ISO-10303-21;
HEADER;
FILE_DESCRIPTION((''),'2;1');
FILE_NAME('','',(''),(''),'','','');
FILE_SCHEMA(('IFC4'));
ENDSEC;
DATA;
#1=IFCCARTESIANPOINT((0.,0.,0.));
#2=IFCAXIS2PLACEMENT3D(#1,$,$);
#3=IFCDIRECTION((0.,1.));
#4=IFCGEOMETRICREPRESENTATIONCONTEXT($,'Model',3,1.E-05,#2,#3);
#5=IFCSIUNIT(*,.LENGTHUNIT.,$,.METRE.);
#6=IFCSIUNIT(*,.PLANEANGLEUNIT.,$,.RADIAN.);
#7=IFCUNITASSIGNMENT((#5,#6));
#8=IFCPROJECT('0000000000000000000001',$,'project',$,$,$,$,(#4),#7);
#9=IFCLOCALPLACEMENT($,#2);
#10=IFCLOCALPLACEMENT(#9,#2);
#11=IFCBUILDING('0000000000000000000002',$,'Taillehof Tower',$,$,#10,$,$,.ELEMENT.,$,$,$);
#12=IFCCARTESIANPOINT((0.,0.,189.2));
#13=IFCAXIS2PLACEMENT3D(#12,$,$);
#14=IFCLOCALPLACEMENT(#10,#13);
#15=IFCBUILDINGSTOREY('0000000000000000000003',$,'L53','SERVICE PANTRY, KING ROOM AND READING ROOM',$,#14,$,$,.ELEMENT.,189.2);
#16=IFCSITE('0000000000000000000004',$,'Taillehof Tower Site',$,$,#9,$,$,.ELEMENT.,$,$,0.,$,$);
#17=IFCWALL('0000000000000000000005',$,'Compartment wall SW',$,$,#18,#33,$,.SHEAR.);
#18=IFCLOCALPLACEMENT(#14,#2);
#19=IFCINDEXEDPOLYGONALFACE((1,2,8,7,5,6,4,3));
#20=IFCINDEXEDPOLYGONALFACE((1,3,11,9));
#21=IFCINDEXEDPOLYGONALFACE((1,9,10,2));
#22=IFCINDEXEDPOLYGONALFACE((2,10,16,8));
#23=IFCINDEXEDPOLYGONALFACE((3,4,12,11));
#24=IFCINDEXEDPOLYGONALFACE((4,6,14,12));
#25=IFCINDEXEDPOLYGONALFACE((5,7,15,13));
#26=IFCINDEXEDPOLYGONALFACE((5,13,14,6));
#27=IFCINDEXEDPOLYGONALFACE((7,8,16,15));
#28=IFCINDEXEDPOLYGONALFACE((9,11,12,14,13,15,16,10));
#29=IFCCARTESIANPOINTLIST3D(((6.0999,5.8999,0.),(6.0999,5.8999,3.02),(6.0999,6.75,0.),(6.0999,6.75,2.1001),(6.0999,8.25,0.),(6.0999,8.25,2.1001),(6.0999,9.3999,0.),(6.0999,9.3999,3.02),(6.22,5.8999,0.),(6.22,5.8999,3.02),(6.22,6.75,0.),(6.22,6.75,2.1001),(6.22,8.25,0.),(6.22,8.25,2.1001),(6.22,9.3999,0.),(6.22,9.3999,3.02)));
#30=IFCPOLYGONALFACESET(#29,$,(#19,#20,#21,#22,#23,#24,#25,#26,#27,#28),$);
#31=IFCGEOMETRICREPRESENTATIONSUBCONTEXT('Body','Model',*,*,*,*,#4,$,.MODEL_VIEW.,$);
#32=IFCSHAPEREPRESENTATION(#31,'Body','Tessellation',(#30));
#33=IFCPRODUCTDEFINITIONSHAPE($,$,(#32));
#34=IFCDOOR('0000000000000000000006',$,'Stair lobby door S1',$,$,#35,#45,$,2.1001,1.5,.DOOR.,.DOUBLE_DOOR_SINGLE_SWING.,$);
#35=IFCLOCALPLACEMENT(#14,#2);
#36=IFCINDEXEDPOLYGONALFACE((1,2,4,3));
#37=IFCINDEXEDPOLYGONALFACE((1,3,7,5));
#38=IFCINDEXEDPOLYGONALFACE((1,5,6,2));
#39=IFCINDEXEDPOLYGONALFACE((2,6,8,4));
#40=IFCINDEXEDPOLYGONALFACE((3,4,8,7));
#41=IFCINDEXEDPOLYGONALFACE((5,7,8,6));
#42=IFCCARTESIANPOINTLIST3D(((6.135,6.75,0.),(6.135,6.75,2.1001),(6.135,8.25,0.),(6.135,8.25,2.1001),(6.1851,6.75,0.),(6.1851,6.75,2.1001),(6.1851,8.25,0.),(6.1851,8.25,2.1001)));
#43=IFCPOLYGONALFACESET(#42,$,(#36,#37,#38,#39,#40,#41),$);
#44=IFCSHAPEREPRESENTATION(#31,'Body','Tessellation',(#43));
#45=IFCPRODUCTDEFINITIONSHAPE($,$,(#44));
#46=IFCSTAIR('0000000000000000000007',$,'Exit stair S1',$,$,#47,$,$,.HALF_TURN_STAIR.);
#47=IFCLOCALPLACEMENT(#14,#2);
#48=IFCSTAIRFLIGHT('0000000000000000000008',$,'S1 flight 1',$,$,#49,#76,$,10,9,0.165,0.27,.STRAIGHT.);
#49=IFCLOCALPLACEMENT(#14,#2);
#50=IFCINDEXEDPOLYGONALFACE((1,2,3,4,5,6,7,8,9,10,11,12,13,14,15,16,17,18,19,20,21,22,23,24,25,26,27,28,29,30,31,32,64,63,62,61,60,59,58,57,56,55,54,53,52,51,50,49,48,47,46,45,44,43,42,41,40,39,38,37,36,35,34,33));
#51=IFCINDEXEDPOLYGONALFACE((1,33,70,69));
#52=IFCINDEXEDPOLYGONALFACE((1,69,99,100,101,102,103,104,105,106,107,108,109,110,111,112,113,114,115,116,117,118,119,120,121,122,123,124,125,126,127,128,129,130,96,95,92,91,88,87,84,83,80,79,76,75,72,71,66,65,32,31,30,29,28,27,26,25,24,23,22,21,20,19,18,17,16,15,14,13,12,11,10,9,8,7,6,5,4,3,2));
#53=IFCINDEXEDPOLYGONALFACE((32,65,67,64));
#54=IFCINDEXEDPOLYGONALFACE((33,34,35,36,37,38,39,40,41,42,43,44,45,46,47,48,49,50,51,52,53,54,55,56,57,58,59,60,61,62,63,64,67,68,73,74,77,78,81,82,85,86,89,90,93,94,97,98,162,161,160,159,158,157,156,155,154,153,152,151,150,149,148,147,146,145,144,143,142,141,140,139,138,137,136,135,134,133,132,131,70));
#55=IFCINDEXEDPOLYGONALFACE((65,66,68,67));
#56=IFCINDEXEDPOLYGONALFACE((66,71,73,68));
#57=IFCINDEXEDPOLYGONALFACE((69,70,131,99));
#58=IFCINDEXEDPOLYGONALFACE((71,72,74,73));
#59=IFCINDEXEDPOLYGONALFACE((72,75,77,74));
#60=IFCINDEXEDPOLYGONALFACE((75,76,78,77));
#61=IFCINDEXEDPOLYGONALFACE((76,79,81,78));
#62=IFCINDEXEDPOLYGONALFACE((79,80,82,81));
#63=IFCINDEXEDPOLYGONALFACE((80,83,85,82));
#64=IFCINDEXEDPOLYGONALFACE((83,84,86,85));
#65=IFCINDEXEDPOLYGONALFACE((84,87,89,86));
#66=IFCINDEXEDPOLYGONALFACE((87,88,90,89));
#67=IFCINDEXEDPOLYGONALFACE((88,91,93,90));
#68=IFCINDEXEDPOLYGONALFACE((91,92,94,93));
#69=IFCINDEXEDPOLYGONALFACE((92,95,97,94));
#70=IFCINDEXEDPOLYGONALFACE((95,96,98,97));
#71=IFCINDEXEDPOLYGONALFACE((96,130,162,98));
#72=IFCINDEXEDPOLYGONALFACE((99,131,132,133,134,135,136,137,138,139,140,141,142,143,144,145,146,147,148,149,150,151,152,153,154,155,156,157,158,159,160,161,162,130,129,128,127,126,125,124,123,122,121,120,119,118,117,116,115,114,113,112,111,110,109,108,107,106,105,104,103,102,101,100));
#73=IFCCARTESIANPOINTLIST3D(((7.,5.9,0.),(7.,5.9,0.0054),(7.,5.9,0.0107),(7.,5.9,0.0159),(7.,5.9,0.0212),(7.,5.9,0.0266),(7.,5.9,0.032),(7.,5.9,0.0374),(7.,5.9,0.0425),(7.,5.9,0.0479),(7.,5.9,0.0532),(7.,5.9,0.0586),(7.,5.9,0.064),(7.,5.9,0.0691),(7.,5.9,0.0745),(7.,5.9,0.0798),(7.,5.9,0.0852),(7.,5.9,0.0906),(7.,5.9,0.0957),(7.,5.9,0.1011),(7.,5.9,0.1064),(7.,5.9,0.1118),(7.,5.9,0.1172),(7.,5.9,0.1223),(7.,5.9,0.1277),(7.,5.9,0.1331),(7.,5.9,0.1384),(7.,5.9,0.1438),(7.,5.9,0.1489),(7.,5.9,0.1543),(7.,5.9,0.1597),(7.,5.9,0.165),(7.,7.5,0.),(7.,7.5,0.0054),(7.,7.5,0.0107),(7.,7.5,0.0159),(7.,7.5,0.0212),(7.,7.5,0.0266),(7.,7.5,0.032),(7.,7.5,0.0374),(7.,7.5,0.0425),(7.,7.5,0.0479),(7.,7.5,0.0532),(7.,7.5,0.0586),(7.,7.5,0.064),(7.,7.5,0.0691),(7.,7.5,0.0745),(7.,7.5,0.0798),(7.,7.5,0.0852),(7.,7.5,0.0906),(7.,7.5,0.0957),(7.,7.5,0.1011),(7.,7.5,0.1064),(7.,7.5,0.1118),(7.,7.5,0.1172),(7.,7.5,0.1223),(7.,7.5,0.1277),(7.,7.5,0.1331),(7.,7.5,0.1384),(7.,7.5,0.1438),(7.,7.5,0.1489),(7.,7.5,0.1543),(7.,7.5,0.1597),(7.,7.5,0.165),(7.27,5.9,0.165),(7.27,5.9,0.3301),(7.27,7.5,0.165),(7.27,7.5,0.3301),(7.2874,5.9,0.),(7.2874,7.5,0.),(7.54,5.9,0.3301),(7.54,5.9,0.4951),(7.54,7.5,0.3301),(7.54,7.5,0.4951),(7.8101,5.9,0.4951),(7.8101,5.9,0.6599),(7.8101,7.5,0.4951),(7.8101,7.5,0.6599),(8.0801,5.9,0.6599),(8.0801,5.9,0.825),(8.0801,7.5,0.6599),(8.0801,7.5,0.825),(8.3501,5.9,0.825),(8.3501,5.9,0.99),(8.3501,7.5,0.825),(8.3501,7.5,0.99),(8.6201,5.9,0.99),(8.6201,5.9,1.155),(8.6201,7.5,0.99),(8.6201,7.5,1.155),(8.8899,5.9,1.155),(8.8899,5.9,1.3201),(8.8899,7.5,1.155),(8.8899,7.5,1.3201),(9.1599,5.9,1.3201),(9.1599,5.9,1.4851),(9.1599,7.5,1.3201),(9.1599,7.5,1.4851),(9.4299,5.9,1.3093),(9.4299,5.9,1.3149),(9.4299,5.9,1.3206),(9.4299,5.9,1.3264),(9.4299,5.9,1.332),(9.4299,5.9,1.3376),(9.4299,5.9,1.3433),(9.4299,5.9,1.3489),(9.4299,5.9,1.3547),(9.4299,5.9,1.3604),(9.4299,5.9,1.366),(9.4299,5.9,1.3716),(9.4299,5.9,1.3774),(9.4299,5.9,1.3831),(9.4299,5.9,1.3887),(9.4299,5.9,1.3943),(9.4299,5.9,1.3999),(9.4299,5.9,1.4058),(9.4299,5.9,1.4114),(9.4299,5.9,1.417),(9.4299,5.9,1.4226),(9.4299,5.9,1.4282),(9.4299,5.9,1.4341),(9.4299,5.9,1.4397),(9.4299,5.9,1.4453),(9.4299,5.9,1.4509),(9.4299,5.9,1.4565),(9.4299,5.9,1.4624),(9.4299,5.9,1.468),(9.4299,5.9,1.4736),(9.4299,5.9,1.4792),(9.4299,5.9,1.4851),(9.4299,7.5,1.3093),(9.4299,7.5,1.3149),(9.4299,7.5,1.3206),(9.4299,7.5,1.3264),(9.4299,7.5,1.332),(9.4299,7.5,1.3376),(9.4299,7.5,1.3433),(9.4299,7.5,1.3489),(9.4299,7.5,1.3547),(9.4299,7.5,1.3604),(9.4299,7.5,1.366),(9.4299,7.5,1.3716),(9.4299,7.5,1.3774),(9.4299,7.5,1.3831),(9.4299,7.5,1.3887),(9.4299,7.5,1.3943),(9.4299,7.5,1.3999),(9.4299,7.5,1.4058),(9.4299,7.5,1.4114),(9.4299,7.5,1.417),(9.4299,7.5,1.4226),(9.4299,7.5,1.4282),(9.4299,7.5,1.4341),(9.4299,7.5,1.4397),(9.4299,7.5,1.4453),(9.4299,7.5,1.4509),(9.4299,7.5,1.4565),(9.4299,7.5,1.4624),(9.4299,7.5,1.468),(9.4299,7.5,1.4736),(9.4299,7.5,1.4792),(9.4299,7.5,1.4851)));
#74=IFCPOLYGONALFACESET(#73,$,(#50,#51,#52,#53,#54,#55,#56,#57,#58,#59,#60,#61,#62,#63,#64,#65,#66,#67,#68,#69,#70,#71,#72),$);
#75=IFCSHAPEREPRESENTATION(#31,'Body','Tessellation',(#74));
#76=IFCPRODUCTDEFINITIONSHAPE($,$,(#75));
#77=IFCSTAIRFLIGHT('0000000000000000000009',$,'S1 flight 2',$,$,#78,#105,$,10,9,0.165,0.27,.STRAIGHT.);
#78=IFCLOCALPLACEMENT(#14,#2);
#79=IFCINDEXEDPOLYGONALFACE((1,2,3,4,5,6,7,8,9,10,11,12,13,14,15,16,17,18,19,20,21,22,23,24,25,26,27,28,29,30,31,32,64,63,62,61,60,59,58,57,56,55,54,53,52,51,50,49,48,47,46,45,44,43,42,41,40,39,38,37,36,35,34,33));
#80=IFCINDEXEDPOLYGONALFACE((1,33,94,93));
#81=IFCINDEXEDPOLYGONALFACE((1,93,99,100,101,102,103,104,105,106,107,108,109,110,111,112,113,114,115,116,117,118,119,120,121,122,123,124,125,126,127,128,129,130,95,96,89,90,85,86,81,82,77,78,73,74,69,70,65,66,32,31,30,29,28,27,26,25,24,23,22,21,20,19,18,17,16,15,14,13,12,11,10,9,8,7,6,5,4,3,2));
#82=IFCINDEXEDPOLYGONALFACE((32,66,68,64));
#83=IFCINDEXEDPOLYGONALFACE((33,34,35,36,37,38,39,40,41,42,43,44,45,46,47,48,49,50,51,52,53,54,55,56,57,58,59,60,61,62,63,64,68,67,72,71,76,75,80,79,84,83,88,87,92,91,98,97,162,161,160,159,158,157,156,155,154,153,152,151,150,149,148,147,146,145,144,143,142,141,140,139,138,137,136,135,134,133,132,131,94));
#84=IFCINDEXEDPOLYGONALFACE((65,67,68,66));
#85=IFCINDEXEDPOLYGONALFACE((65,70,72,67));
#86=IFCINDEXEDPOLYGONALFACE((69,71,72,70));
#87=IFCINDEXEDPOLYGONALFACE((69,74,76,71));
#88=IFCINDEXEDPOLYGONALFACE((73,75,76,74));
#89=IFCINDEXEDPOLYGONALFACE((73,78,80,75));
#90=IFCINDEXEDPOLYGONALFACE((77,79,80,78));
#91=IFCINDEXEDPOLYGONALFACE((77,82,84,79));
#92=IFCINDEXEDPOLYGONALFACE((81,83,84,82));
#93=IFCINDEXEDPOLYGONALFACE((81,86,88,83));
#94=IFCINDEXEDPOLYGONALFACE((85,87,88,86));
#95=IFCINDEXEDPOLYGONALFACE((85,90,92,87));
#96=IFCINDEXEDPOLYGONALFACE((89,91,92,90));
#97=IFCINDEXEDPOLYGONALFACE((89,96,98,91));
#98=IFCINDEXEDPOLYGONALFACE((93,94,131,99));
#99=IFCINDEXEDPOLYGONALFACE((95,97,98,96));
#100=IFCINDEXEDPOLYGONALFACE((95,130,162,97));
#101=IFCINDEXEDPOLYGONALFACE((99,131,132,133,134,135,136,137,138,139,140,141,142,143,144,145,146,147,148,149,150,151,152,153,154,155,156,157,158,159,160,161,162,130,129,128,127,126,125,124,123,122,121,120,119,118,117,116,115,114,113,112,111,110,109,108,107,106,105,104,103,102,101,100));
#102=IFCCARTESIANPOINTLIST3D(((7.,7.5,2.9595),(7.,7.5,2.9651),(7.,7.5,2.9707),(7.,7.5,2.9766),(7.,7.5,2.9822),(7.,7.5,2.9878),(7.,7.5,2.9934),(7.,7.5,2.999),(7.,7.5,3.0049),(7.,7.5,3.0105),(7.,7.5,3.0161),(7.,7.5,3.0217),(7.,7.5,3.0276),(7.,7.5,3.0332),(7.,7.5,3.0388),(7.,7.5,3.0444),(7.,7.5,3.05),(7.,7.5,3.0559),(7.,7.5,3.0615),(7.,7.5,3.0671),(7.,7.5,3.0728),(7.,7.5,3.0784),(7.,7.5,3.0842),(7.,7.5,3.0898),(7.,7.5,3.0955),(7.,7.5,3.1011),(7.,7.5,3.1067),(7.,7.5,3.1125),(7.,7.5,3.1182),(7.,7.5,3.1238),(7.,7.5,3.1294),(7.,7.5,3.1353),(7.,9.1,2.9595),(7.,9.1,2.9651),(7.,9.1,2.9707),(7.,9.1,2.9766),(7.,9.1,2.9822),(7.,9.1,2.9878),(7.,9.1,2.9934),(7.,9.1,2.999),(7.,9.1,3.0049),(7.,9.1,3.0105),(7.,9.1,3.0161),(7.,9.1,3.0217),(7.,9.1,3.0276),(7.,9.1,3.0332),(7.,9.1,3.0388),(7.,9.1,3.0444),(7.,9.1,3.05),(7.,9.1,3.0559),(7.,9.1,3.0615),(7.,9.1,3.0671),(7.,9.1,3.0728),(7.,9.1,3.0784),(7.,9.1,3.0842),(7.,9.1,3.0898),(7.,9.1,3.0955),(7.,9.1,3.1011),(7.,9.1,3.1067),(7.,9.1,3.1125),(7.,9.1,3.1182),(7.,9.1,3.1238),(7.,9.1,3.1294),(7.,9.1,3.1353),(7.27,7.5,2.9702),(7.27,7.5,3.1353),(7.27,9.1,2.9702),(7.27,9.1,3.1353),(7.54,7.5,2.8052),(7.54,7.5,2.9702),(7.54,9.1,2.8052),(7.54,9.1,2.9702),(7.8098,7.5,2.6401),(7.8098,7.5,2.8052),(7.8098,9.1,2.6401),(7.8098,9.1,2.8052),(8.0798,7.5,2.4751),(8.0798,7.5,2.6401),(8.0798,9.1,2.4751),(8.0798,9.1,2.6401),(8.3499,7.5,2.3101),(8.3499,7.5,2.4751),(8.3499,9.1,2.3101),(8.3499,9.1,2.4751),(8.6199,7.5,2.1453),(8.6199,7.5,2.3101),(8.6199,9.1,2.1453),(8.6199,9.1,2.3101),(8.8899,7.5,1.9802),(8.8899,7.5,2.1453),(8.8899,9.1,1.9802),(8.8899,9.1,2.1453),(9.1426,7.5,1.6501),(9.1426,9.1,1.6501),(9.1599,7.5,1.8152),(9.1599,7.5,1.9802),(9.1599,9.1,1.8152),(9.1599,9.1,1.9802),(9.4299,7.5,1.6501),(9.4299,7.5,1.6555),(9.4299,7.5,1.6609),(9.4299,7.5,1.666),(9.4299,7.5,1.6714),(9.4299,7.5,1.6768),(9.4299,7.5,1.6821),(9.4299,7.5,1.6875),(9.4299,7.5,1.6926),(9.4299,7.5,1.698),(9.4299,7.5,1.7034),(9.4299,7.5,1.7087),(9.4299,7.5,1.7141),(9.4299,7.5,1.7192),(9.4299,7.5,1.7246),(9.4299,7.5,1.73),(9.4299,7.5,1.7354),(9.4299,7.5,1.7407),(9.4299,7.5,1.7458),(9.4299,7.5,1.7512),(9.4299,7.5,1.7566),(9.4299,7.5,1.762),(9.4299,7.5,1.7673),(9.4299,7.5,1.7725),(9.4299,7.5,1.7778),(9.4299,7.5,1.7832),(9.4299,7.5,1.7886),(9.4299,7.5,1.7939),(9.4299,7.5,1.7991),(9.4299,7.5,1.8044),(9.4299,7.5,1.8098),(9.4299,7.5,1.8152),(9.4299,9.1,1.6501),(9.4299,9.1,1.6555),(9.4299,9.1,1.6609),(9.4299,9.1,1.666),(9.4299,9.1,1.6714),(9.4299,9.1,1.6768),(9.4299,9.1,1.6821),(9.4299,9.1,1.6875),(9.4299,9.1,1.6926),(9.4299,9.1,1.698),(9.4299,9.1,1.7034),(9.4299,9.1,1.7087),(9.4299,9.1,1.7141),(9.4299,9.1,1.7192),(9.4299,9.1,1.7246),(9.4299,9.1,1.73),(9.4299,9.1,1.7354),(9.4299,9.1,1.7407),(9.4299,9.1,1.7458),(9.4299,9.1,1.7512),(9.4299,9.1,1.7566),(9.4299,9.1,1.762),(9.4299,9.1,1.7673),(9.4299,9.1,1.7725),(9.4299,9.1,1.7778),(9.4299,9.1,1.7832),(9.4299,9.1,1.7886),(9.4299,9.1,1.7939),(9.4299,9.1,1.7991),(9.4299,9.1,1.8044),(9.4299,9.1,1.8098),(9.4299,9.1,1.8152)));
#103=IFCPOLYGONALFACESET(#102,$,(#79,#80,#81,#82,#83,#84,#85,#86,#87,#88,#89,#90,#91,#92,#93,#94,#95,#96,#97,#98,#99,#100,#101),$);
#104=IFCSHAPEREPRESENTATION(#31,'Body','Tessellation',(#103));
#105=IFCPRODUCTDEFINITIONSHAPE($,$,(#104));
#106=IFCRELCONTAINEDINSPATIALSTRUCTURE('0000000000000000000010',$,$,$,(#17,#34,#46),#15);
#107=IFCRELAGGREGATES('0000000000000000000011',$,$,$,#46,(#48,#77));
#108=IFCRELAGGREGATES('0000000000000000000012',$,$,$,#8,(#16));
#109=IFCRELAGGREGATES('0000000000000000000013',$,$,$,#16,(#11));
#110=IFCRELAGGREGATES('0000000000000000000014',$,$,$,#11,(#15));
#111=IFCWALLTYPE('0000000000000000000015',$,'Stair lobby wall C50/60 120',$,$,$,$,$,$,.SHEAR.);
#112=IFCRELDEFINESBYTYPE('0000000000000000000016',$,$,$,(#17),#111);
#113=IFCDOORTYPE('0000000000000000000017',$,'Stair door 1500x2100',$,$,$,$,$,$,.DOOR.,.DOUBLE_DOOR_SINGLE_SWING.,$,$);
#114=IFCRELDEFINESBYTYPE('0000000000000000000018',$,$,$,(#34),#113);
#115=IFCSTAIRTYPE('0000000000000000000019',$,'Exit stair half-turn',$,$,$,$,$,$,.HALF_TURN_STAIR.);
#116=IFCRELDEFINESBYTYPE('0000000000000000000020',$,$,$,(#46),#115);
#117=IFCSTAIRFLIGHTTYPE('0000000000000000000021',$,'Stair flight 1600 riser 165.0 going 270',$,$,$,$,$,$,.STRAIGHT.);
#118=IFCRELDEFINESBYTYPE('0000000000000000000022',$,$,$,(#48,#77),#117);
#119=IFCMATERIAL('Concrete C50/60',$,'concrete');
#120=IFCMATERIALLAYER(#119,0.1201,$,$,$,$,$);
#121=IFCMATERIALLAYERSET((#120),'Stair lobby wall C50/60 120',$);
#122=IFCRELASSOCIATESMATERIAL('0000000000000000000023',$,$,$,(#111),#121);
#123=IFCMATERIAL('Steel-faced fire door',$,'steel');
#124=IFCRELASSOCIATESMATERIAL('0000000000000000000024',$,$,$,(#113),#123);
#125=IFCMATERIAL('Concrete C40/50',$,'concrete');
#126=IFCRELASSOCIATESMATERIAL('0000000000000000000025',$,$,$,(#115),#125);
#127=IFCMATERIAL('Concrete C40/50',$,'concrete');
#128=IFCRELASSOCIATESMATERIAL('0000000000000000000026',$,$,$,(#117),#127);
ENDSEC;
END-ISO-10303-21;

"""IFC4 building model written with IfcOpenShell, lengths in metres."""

from ifc_helpers import new_model, si_unit, direction, frame, frame_2d, origin, place, context, subcontext, project, spatial, polyline, rectangle, outline, extrude, material, layer, layer_set, type_object, element, fill, aggregate, save


model = new_model("IFC4")

# Units and contexts
model_context = context("Model", 3, precision=1e-05, world=origin(), true_north=direction((0.0, 1.0)))
body_context = subcontext(model_context, "Body", "Model", "MODEL_VIEW")
ifc_project = project(units=[si_unit("LENGTHUNIT", "METRE"), si_unit("PLANEANGLEUNIT", "RADIAN")], contexts=[model_context])

# Site, building, storey
site_placement = place(None, origin())
site = spatial("IfcSite", under=ifc_project, at=site_placement, Name="Taillehof Tower Site", CompositionType="ELEMENT", RefElevation=0.0)
building_placement = place(site_placement, origin())
building = spatial("IfcBuilding", under=site, at=building_placement, Name="Taillehof Tower", CompositionType="ELEMENT")
storey_placement = place(building_placement, frame((0.0, 0.0, 189.2)))
storey = spatial("IfcBuildingStorey", under=building, at=storey_placement, Name="L53", Description="SERVICE PANTRY, KING ROOM AND READING ROOM", CompositionType="ELEMENT", Elevation=189.2)

# Wall, opening, door
ifc_material_1 = material(Name="Concrete C50/60", Category="concrete")
ifc_layer_1 = layer(ifc_material_1, 0.1201)
ifc_layer_set_1 = layer_set([ifc_layer_1], Name="Stair lobby wall C50/60 120")
wall_type_1 = type_object("IfcWallType", Name="Stair lobby wall C50/60 120", PredefinedType="SHEAR", material=ifc_layer_set_1)
wall_1_placement = place(storey_placement, frame((6.1599, 5.8999, 0.0), z_axis=(0.0, 0.0, 1.0), x_axis=(0.0, 1.0, 0.0)))
wall_1 = element("IfcWall", 1, at=wall_1_placement, inside=storey, type_object=wall_type_1, Name="Compartment wall SW", PredefinedType="SHEAR", context=body_context, shape_type="SweptSolid", body=[
    extrude(rectangle(XDim=3.5, YDim=0.1201, at=frame_2d((1.75, 0.0))), origin(), (0.0, 0.0, 1.0), 3.02),
])
opening_1_placement = place(wall_1_placement, frame((0.8501, 0.0, 0.0)))
opening_1 = element("IfcOpeningElement", 2, at=opening_1_placement, cuts=wall_1, PredefinedType="OPENING", context=body_context, shape_type="SweptSolid", body=[
    extrude(rectangle(XDim=1.5, YDim=2.1001, at=frame_2d((0.75, 1.05))), frame((0.0, 0.0701, 0.0), z_axis=(0.0, -1.0, 0.0), x_axis=(1.0, 0.0, 0.0)), (0.0, 0.0, 1.0), 0.1401),
])
ifc_material_2 = material(Name="Steel-faced fire door", Category="steel")
door_type_1 = type_object("IfcDoorType", Name="Stair door 1500x2100", OperationType="DOUBLE_DOOR_SINGLE_SWING", PredefinedType="DOOR", material=ifc_material_2)
door_1_placement = place(opening_1_placement, origin())
door_1 = element("IfcDoor", 3, at=door_1_placement, inside=storey, type_object=door_type_1, Name="Stair lobby door S1", OperationType="DOUBLE_DOOR_SINGLE_SWING", OverallHeight=2.1001, OverallWidth=1.5, PredefinedType="DOOR", context=body_context, shape_type="SweptSolid", body=[
    extrude(rectangle(XDim=1.5, YDim=2.1001, at=frame_2d((0.75, 1.05))), frame((0.0, 0.0249, 0.0), z_axis=(0.0, -1.0, 0.0), x_axis=(1.0, 0.0, 0.0)), (0.0, 0.0, 1.0), 0.05),
])
fill(opening_1, door_1)

# Stair, stair flights
ifc_material_3 = material(Name="Concrete C40/50", Category="concrete")
stair_type = type_object("IfcStairType", Name="Exit stair half-turn", PredefinedType="HALF_TURN_STAIR", material=ifc_material_3)
stair_placement = place(storey_placement, origin())
stair = element("IfcStair", 4, at=stair_placement, inside=storey, type_object=stair_type, Name="Exit stair S1", PredefinedType="HALF_TURN_STAIR")
ifc_material_4 = material(Name="Concrete C40/50", Category="concrete")
stair_flight_type = type_object("IfcStairFlightType", Name="Stair flight 1600 riser 165.0 going 270", PredefinedType="STRAIGHT", material=ifc_material_4)
stair_flight_1_placement = place(storey_placement, frame((7.0, 6.7, 0.0), z_axis=(0.0, 0.0, 1.0), x_axis=(1.0, 0.0, 0.0)))
stair_flight_1 = element("IfcStairFlight", 5, at=stair_flight_1_placement, type_object=stair_flight_type, Name="S1 flight 1", NumberOfRisers=10, NumberOfTreads=9, PredefinedType="STRAIGHT", RiserHeight=0.165, TreadLength=0.27, context=body_context, shape_type="SweptSolid", body=[
    extrude(outline(polyline([(0.0, 0.0), (0.0, 0.0054), (0.0, 0.0107), (0.0, 0.0159), (0.0, 0.0212), (0.0, 0.0266), (0.0, 0.032), (0.0, 0.0374), (0.0, 0.0425), (0.0, 0.0479), (0.0, 0.0532), (0.0, 0.0586), (0.0, 0.064), (0.0, 0.0691), (0.0, 0.0745), (0.0, 0.0798), (0.0, 0.0852), (0.0, 0.0906), (0.0, 0.0957), (0.0, 0.1011), (0.0, 0.1064), (0.0, 0.1118), (0.0, 0.1172), (0.0, 0.1223), (0.0, 0.1277), (0.0, 0.1331), (0.0, 0.1384), (0.0, 0.1438), (0.0, 0.1489), (0.0, 0.1543), (0.0, 0.1597), (0.0, 0.165), (0.27, 0.165), (0.27, 0.3301), (0.54, 0.3301), (0.54, 0.4951), (0.8101, 0.4951), (0.8101, 0.6599), (1.0801, 0.6599), (1.0801, 0.825), (1.3501, 0.825), (1.3501, 0.99), (1.6201, 0.99), (1.6201, 1.155), (1.8899, 1.155), (1.8899, 1.3201), (2.1599, 1.3201), (2.1599, 1.4851), (2.4299, 1.4851), (2.4299, 1.4792), (2.4299, 1.4736), (2.4299, 1.468), (2.4299, 1.4624), (2.4299, 1.4565), (2.4299, 1.4509), (2.4299, 1.4453), (2.4299, 1.4397), (2.4299, 1.4341), (2.4299, 1.4282), (2.4299, 1.4226), (2.4299, 1.417), (2.4299, 1.4114), (2.4299, 1.4058), (2.4299, 1.3999), (2.4299, 1.3943), (2.4299, 1.3887), (2.4299, 1.3831), (2.4299, 1.3774), (2.4299, 1.3716), (2.4299, 1.366), (2.4299, 1.3604), (2.4299, 1.3547), (2.4299, 1.3489), (2.4299, 1.3433), (2.4299, 1.3376), (2.4299, 1.332), (2.4299, 1.3264), (2.4299, 1.3206), (2.4299, 1.3149), (2.4299, 1.3093), (0.2874, 0.0), (0.0, 0.0)])), frame((0.0, 0.8, 0.0), z_axis=(0.0, -1.0, 0.0), x_axis=(1.0, 0.0, 0.0)), (0.0, 0.0, 1.0), 1.6),
])
stair_flight_2_placement = place(storey_placement, frame((9.4299, 8.3, 1.6501), z_axis=(0.0, 0.0, 1.0), x_axis=(-1.0, 0.0, 0.0)))
stair_flight_2 = element("IfcStairFlight", 6, at=stair_flight_2_placement, type_object=stair_flight_type, Name="S1 flight 2", NumberOfRisers=10, NumberOfTreads=9, PredefinedType="STRAIGHT", RiserHeight=0.165, TreadLength=0.27, context=body_context, shape_type="SweptSolid", body=[
    extrude(outline(polyline([(0.0, 0.0), (0.0, 0.0054), (0.0, 0.0107), (0.0, 0.0159), (0.0, 0.0212), (0.0, 0.0266), (0.0, 0.032), (0.0, 0.0374), (0.0, 0.0425), (0.0, 0.0479), (0.0, 0.0532), (0.0, 0.0586), (0.0, 0.064), (0.0, 0.0691), (0.0, 0.0745), (0.0, 0.0798), (0.0, 0.0852), (0.0, 0.0906), (0.0, 0.0957), (0.0, 0.1011), (0.0, 0.1064), (0.0, 0.1118), (0.0, 0.1172), (0.0, 0.1223), (0.0, 0.1277), (0.0, 0.1331), (0.0, 0.1384), (0.0, 0.1438), (0.0, 0.1489), (0.0, 0.1543), (0.0, 0.1597), (0.0, 0.165), (0.27, 0.165), (0.27, 0.3301), (0.54, 0.3301), (0.54, 0.4951), (0.8101, 0.4951), (0.8101, 0.6599), (1.0801, 0.6599), (1.0801, 0.825), (1.3501, 0.825), (1.3501, 0.99), (1.6201, 0.99), (1.6201, 1.155), (1.8899, 1.155), (1.8899, 1.3201), (2.1599, 1.3201), (2.1599, 1.4851), (2.4299, 1.4851), (2.4299, 1.4792), (2.4299, 1.4736), (2.4299, 1.468), (2.4299, 1.4624), (2.4299, 1.4565), (2.4299, 1.4509), (2.4299, 1.4453), (2.4299, 1.4397), (2.4299, 1.4341), (2.4299, 1.4282), (2.4299, 1.4226), (2.4299, 1.417), (2.4299, 1.4114), (2.4299, 1.4058), (2.4299, 1.3999), (2.4299, 1.3943), (2.4299, 1.3887), (2.4299, 1.3831), (2.4299, 1.3774), (2.4299, 1.3716), (2.4299, 1.366), (2.4299, 1.3604), (2.4299, 1.3547), (2.4299, 1.3489), (2.4299, 1.3433), (2.4299, 1.3376), (2.4299, 1.332), (2.4299, 1.3264), (2.4299, 1.3206), (2.4299, 1.3149), (2.4299, 1.3093), (0.2874, 0.0), (0.0, 0.0)])), frame((0.0, 0.8, 0.0), z_axis=(0.0, -1.0, 0.0), x_axis=(1.0, 0.0, 0.0)), (0.0, 0.0, 1.0), 1.6),
])
aggregate(stair, [stair_flight_1, stair_flight_2])

save(model, "model.ifc")
